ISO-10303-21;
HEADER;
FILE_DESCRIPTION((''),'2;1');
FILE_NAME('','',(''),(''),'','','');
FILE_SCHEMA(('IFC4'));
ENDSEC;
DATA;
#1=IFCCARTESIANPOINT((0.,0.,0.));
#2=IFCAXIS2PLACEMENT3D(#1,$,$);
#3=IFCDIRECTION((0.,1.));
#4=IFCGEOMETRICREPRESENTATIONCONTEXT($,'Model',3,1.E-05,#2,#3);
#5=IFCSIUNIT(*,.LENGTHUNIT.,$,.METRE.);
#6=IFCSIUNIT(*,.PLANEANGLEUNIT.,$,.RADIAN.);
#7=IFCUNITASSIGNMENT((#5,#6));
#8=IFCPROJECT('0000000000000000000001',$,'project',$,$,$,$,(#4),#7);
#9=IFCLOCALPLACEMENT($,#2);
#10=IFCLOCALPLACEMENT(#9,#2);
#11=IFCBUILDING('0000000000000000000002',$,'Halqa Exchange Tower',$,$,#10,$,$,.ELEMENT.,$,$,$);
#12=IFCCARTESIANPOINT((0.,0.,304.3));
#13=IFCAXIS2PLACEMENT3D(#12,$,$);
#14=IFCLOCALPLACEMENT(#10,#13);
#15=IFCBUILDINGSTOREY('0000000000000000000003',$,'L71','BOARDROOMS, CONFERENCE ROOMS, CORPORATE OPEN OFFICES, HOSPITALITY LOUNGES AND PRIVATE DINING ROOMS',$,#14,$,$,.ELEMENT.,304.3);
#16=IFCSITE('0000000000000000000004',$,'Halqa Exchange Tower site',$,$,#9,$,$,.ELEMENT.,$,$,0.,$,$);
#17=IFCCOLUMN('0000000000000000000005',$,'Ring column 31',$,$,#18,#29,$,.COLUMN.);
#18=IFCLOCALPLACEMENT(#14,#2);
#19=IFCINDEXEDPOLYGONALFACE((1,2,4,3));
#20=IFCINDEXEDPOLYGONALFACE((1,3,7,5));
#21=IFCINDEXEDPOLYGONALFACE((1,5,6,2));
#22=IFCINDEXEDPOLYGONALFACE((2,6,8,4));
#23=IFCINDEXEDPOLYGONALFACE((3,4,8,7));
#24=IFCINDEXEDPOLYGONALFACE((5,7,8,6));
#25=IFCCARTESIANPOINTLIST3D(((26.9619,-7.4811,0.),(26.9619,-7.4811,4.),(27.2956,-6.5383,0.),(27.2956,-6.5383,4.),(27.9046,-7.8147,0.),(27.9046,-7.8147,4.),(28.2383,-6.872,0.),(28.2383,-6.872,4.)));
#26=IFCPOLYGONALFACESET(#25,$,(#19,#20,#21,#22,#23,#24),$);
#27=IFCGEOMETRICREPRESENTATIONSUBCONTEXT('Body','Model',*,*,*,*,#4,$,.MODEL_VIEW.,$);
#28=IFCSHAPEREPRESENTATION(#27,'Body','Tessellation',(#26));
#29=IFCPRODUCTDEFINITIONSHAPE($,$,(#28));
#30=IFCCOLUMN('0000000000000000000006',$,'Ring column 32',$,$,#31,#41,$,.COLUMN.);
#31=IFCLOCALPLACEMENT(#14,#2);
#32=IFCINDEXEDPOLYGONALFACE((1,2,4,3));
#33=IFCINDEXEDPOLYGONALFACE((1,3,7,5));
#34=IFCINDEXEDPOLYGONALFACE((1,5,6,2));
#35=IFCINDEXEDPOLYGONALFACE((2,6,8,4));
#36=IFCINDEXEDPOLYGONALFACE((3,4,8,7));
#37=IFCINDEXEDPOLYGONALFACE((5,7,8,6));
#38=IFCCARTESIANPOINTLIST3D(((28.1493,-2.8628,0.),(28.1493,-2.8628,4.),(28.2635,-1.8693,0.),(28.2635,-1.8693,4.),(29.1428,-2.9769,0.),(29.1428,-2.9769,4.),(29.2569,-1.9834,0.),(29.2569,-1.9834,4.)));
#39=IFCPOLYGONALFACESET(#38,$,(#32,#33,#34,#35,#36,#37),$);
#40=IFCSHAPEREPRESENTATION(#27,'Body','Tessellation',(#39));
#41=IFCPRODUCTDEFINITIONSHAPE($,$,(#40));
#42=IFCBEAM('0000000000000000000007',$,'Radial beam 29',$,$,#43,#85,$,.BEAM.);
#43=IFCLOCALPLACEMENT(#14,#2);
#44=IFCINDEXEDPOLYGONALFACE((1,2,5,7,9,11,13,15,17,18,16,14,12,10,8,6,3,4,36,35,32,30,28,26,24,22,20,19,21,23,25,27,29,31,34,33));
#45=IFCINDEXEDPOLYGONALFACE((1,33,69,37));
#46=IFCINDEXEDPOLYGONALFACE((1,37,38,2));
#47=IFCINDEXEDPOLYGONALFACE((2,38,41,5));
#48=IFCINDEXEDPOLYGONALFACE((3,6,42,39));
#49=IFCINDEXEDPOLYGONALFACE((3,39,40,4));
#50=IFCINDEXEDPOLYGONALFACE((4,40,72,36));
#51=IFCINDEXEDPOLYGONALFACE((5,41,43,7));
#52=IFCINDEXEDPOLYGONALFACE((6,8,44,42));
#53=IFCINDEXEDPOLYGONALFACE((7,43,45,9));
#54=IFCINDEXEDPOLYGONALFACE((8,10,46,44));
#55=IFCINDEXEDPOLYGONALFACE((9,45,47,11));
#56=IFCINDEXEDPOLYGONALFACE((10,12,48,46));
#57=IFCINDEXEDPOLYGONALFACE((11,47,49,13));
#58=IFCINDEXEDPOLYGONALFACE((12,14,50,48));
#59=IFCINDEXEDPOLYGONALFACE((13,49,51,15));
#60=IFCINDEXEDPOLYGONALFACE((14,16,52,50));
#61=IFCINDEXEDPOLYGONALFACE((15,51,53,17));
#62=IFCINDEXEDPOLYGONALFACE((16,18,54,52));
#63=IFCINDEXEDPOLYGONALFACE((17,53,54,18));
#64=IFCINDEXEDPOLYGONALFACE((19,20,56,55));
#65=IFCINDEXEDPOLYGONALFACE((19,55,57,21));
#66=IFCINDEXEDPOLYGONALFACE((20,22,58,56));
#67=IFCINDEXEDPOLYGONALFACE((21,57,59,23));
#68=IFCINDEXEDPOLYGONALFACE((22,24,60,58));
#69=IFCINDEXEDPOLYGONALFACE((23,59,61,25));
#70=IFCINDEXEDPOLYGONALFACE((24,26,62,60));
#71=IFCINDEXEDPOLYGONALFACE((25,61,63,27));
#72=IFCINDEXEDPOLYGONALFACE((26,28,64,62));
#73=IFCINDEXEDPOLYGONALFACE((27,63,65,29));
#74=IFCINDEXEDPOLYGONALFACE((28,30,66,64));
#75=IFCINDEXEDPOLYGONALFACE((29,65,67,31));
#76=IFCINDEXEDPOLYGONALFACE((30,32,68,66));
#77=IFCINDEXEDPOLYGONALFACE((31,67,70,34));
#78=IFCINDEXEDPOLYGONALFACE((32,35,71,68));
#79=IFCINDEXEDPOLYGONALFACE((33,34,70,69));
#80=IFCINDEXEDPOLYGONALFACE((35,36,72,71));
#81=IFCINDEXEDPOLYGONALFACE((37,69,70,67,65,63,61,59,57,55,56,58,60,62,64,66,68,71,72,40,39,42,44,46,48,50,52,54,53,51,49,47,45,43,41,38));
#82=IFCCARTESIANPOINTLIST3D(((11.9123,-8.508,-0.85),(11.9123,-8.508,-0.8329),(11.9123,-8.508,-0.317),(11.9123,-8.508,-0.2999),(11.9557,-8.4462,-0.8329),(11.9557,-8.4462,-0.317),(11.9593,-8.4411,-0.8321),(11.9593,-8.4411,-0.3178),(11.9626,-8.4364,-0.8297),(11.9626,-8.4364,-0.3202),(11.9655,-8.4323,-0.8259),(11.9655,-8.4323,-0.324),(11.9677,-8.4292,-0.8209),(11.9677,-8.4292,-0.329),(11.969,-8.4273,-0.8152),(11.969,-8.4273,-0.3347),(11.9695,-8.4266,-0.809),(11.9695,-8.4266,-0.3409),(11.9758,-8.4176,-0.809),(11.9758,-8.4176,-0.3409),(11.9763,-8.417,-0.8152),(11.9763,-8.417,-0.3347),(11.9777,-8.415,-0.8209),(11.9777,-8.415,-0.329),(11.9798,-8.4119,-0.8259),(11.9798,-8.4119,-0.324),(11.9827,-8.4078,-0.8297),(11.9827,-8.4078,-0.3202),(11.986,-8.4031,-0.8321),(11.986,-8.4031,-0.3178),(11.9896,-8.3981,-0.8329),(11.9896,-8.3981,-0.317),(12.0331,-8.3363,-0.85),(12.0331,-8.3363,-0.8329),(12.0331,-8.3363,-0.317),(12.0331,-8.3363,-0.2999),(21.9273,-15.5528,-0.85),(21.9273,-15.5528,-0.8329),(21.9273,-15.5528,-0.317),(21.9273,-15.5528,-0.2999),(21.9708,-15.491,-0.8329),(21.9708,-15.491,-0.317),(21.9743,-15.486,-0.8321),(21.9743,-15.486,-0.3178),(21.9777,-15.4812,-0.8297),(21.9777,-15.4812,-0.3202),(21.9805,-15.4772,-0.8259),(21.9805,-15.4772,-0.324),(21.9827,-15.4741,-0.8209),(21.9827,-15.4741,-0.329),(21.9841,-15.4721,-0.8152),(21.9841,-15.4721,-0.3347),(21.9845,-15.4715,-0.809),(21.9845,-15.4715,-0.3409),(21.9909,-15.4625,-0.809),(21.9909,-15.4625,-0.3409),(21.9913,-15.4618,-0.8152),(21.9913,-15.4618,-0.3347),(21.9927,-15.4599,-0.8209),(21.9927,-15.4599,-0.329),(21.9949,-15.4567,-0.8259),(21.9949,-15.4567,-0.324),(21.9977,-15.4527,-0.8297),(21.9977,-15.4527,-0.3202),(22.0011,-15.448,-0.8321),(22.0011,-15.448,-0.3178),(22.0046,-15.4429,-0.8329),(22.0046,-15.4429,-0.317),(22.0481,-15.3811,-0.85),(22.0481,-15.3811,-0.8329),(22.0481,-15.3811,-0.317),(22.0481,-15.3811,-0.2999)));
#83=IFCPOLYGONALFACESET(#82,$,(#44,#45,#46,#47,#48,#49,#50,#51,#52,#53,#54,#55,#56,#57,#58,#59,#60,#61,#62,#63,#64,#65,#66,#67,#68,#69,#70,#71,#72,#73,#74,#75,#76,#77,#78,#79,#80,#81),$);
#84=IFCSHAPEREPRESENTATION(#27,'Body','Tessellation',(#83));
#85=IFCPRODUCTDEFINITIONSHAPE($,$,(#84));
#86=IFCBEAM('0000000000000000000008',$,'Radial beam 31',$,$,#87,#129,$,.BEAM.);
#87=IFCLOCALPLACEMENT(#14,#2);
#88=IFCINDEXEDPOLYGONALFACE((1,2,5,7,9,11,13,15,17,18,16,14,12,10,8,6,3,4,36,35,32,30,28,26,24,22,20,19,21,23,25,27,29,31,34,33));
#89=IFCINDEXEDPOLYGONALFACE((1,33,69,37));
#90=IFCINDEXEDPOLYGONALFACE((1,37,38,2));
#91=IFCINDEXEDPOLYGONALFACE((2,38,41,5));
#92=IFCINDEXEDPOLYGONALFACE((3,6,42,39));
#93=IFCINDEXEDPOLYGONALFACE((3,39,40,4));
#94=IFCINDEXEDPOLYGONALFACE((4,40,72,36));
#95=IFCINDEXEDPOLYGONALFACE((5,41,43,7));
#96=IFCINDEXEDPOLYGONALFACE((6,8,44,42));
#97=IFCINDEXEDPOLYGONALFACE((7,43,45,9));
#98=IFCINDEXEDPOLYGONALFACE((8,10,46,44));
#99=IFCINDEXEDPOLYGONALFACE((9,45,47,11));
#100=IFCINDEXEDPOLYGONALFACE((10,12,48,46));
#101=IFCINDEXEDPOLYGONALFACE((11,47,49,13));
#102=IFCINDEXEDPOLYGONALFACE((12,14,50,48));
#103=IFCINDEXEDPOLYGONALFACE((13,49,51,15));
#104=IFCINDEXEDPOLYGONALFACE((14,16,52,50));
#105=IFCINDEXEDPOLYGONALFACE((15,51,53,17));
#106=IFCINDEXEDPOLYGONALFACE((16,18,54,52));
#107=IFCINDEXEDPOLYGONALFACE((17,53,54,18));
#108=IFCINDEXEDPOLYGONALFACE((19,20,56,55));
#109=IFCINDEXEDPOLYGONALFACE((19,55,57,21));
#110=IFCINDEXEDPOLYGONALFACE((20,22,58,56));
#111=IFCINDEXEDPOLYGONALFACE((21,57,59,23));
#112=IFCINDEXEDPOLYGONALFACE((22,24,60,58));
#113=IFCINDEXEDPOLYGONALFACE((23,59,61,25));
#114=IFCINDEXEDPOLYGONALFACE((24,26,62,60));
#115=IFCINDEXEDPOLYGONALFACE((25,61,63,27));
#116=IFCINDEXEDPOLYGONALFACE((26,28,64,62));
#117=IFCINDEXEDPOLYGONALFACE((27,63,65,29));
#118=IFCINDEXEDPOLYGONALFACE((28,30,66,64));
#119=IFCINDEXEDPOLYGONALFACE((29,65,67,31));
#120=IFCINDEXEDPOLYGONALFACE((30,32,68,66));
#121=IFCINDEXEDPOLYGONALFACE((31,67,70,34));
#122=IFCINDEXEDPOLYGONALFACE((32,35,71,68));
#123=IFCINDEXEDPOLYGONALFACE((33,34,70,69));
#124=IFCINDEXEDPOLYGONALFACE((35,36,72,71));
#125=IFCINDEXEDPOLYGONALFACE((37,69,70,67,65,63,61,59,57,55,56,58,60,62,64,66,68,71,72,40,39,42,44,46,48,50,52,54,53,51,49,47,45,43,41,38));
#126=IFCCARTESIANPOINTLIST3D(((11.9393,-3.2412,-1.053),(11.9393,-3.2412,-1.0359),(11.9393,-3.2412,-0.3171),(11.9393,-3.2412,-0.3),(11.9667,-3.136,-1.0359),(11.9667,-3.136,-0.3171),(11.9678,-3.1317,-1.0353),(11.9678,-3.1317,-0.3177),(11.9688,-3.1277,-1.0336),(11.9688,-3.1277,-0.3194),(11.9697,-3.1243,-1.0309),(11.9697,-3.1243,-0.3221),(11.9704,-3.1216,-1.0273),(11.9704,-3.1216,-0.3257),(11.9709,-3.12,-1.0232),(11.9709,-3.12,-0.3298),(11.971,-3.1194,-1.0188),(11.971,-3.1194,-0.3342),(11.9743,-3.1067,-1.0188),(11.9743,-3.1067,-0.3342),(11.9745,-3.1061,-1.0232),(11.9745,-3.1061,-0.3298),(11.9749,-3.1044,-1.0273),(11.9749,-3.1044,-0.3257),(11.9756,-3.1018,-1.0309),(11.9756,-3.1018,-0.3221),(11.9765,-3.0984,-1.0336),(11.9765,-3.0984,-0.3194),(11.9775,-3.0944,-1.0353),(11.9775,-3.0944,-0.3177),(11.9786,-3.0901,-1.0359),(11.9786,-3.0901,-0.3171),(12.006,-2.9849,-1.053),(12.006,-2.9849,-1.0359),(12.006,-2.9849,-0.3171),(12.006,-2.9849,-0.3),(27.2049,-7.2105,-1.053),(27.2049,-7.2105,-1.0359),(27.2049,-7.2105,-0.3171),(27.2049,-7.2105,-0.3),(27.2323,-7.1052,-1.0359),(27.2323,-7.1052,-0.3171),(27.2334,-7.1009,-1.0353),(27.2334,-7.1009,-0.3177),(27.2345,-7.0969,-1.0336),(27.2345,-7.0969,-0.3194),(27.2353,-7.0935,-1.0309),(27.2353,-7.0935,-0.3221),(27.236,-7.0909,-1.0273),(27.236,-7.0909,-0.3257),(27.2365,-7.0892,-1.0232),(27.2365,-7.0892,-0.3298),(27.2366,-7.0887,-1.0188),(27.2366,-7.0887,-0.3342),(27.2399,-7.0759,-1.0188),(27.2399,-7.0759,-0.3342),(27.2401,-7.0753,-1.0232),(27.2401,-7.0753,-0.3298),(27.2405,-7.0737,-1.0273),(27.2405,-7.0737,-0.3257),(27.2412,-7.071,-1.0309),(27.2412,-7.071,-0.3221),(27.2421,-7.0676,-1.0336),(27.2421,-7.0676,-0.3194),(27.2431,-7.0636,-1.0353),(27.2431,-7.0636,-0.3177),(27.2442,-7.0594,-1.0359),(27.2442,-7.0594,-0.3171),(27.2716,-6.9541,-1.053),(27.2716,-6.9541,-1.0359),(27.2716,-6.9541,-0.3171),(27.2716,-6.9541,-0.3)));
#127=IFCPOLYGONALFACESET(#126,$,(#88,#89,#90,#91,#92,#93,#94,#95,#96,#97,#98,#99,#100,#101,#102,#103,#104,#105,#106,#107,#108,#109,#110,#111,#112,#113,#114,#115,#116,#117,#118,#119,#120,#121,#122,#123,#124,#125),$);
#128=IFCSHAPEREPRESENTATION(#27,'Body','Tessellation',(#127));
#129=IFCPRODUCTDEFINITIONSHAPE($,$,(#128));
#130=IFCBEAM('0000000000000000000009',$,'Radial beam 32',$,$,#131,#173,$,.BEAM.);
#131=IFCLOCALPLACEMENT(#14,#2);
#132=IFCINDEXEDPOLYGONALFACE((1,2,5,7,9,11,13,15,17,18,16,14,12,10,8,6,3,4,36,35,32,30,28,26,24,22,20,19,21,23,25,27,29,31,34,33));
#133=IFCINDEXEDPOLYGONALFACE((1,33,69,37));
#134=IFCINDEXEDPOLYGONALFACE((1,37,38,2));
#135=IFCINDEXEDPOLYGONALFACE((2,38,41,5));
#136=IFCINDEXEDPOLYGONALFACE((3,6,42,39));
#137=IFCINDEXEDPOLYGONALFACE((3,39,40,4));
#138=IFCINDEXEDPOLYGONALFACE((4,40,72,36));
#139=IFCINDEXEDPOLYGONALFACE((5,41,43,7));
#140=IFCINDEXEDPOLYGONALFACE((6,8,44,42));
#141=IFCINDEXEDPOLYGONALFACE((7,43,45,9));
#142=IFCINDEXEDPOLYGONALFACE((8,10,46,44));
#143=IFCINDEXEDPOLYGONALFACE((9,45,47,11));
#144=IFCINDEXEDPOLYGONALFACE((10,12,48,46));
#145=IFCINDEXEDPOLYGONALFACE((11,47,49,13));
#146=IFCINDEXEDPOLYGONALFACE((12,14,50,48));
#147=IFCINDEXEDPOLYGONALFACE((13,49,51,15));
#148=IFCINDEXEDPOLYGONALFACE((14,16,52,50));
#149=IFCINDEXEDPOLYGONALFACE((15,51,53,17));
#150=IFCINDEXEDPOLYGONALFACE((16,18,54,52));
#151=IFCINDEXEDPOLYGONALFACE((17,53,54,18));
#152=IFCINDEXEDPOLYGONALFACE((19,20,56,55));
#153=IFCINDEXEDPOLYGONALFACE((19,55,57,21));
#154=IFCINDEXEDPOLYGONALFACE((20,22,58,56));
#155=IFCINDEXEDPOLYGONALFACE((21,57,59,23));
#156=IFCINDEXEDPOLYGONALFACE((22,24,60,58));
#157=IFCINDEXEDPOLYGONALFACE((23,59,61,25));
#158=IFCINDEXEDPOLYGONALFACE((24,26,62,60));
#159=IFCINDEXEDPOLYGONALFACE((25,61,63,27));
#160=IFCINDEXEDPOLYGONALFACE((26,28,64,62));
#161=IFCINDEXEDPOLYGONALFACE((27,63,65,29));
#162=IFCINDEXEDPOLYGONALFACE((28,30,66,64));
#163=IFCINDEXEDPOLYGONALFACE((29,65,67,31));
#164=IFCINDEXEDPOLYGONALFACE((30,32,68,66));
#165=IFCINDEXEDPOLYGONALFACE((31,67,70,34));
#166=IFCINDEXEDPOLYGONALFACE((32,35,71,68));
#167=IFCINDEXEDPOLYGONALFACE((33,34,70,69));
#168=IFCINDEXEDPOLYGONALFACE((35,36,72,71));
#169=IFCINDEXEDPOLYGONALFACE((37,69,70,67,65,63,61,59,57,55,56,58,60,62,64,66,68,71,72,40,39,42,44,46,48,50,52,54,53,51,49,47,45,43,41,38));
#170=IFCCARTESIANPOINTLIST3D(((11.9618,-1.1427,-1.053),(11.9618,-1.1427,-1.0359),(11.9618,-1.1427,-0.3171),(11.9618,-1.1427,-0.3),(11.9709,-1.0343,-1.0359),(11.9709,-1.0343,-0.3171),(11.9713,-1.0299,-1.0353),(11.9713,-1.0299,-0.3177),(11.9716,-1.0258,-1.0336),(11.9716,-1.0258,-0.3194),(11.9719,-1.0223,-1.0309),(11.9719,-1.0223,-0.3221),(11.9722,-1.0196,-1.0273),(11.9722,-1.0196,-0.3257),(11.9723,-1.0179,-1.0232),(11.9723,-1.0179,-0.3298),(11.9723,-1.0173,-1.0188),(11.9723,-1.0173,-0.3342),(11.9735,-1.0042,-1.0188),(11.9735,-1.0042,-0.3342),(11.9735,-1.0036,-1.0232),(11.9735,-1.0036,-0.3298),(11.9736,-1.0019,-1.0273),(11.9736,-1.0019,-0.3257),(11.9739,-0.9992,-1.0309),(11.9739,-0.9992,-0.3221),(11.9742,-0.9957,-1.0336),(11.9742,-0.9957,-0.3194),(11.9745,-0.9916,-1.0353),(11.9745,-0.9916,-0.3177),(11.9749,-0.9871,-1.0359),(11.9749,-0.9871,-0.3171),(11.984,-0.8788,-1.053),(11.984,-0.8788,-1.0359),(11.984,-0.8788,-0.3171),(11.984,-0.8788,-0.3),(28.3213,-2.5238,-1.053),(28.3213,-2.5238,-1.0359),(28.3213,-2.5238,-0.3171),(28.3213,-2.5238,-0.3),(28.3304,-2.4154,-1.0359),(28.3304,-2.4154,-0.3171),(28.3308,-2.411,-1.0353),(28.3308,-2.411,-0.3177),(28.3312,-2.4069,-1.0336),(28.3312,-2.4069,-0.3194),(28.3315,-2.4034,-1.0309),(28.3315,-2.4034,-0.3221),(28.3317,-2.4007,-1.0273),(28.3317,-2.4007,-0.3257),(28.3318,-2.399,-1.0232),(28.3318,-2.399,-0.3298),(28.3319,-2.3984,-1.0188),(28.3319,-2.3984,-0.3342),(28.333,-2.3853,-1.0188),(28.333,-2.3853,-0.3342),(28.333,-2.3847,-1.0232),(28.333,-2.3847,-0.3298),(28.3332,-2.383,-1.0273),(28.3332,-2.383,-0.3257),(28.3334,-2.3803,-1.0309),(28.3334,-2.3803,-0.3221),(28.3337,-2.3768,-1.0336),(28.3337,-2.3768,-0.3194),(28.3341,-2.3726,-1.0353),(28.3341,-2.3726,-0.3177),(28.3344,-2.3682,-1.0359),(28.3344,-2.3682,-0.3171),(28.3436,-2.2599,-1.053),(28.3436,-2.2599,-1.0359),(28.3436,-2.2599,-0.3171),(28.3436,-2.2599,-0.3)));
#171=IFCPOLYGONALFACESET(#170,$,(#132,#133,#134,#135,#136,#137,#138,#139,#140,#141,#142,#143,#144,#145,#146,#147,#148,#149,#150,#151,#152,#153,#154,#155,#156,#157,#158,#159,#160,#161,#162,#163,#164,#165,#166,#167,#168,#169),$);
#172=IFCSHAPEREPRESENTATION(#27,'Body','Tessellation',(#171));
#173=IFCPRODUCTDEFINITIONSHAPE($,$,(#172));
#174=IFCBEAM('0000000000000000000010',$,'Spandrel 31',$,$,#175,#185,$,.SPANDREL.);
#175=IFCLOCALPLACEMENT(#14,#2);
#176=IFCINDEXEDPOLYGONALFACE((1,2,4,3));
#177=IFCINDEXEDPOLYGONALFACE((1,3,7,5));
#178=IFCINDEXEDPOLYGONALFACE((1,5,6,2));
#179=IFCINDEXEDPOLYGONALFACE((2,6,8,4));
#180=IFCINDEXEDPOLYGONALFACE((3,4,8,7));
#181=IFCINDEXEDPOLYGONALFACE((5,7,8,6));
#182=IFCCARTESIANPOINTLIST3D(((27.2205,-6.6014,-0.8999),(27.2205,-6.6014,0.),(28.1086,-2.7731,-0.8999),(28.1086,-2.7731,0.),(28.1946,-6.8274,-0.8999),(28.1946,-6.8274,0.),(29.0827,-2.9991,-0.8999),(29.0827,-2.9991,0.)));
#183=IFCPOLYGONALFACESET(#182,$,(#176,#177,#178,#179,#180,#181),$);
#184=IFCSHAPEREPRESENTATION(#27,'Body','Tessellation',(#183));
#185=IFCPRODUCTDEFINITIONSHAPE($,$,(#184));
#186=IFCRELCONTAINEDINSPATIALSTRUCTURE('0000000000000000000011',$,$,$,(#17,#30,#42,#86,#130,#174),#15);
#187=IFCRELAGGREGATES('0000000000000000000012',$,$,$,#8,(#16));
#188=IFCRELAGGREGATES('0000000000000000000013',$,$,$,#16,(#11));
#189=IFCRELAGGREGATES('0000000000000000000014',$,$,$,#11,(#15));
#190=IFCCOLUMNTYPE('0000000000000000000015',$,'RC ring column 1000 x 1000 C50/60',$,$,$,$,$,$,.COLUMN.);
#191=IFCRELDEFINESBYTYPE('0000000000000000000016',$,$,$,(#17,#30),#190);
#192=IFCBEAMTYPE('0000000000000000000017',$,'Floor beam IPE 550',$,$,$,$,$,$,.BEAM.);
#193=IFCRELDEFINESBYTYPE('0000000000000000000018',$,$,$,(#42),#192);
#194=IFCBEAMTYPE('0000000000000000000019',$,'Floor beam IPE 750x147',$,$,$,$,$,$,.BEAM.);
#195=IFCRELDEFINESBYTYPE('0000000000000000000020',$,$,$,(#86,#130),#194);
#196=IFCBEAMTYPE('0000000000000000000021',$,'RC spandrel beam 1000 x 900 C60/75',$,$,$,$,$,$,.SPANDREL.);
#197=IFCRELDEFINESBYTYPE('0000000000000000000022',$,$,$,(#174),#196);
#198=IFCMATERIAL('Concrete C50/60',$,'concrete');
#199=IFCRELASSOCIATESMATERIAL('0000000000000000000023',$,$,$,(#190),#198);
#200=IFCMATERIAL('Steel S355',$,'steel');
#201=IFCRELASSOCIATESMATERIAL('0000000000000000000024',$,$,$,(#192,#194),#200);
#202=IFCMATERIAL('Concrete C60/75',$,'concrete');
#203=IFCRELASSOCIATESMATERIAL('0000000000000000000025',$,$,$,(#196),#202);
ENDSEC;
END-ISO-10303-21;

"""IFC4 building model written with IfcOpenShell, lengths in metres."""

from ifc_helpers import new_model, si_unit, direction, frame, origin, origin_2d, place, context, subcontext, project, spatial, rectangle, i_section, extrude, material, material_profile, profile_set, type_object, element, save


model = new_model("IFC4")

# Units and contexts
model_context = context("Model", 3, precision=1e-05, world=origin(), true_north=direction((0.0, 1.0)))
body_context = subcontext(model_context, "Body", "Model", "MODEL_VIEW")
ifc_project = project(units=[si_unit("LENGTHUNIT", "METRE"), si_unit("PLANEANGLEUNIT", "RADIAN")], contexts=[model_context])

# Site, building, storey
site_placement = place(None, origin())
site = spatial("IfcSite", under=ifc_project, at=site_placement, Name="Halqa Exchange Tower site", CompositionType="ELEMENT", RefElevation=0.0)
building_placement = place(site_placement, origin())
building = spatial("IfcBuilding", under=site, at=building_placement, Name="Halqa Exchange Tower", CompositionType="ELEMENT")
storey_placement = place(building_placement, frame((0.0, 0.0, 304.3)))
storey = spatial("IfcBuildingStorey", under=building, at=storey_placement, Name="L71", Description="BOARDROOMS, CONFERENCE ROOMS, CORPORATE OPEN OFFICES, HOSPITALITY LOUNGES AND PRIVATE DINING ROOMS", CompositionType="ELEMENT", Elevation=304.3)

# Columns
ifc_material_1 = material(Name="Concrete C50/60", Category="concrete")
ifc_material_profile_1 = material_profile(ifc_material_1, rectangle(XDim=1.0, YDim=1.0, at=origin_2d()), Name="1000 x 1000")
ifc_profile_set_1 = profile_set([ifc_material_profile_1], Name="Concrete C50/60")
column_type = type_object("IfcColumnType", Name="RC ring column 1000 x 1000 C50/60", PredefinedType="COLUMN", material=ifc_profile_set_1)
for number, where, z_axis, x_axis, name in (
    (1, (27.6001, -7.1765, 0.0), (0.0, 0.0, 1.0), (0.333623, 0.942707, 0.0), "Ring column 31"),
    (2, (28.7031, -2.4231, 0.0), (0.0, 0.0, 1.0), (0.11415, 0.993464, 0.0), "Ring column 32"),
):
    element("IfcColumn", number, at=place(storey_placement, frame(where, z_axis=z_axis, x_axis=x_axis)), inside=storey, type_object=column_type, Name=name, PredefinedType="COLUMN", context=body_context, shape_type="SweptSolid", body=[
        extrude(rectangle(XDim=1.0, YDim=1.0, at=origin_2d()), origin(), (0.0, 0.0, 1.0), 4.0),
    ])

# Beams
ifc_material_2 = material(Name="Steel S355", Category="steel")
ifc_material_profile_2 = material_profile(ifc_material_2, i_section(OverallWidth=0.21, OverallDepth=0.55, WebThickness=0.011, FlangeThickness=0.0171, FilletRadius=0.0239, at=origin_2d()), Name="IPE 550")
ifc_profile_set_2 = profile_set([ifc_material_profile_2], Name="Steel S355")
beam_type_1 = type_object("IfcBeamType", Name="Floor beam IPE 550", PredefinedType="BEAM", material=ifc_profile_set_2)
beam_1_placement = place(storey_placement, frame((11.9727, -8.4221, -0.575), z_axis=(0.817913, -0.575342, 0.0), x_axis=(0.575342, 0.817913, 0.0)))
element("IfcBeam", 3, at=beam_1_placement, inside=storey, type_object=beam_type_1, Name="Radial beam 29", PredefinedType="BEAM", context=body_context, shape_type="SweptSolid", body=[
    extrude(i_section(OverallWidth=0.21, OverallDepth=0.55, WebThickness=0.011, FlangeThickness=0.0171, FilletRadius=0.0239, at=origin_2d()), origin(), (0.0, 0.0, 1.0), 12.2446),
])
ifc_material_profile_3 = material_profile(ifc_material_2, i_section(OverallWidth=0.2649, OverallDepth=0.7529, WebThickness=0.0132, FlangeThickness=0.0171, FilletRadius=0.0171, at=origin_2d()), Name="IPE 750x147")
ifc_profile_set_3 = profile_set([ifc_material_profile_3], Name="Steel S355")
beam_type_2 = type_object("IfcBeamType", Name="Floor beam IPE 750x147", PredefinedType="BEAM", material=ifc_profile_set_3)
beam_2_placement = place(storey_placement, frame((11.9727, -3.113, -0.6765), z_axis=(0.96782, -0.251644, 0.0), x_axis=(0.251644, 0.96782, 0.0)))
element("IfcBeam", 4, at=beam_2_placement, inside=storey, type_object=beam_type_2, Name="Radial beam 31", PredefinedType="BEAM", context=body_context, shape_type="SweptSolid", body=[
    extrude(i_section(OverallWidth=0.2649, OverallDepth=0.7529, WebThickness=0.0132, FlangeThickness=0.0171, FilletRadius=0.0171, at=origin_2d()), origin(), (0.0, 0.0, 1.0), 15.7732),
])
beam_3_placement = place(storey_placement, frame((11.9729, -1.0107, -0.6765), z_axis=(0.996455, -0.084122, 0.0), x_axis=(0.084122, 0.996455, 0.0)))
element("IfcBeam", 5, at=beam_3_placement, inside=storey, type_object=beam_type_2, Name="Radial beam 32", PredefinedType="BEAM", context=body_context, shape_type="SweptSolid", body=[
    extrude(i_section(OverallWidth=0.2649, OverallDepth=0.7529, WebThickness=0.0132, FlangeThickness=0.0171, FilletRadius=0.0171, at=origin_2d()), origin(), (0.0, 0.0, 1.0), 16.4177),
])
ifc_material_3 = material(Name="Concrete C60/75", Category="concrete")
ifc_material_profile_4 = material_profile(ifc_material_3, rectangle(XDim=1.0, YDim=0.8999, at=origin_2d()), Name="1000 x 900")
ifc_profile_set_4 = profile_set([ifc_material_profile_4], Name="Concrete C60/75")
beam_type_3 = type_object("IfcBeamType", Name="RC spandrel beam 1000 x 900 C60/75", PredefinedType="SPANDREL", material=ifc_profile_set_4)
beam_4_placement = place(storey_placement, frame((27.7075, -6.7144, -0.45), z_axis=(0.225998, 0.974128, 0.0), x_axis=(-0.974128, 0.225998, 0.0)))
element("IfcBeam", 6, at=beam_4_placement, inside=storey, type_object=beam_type_3, Name="Spandrel 31", PredefinedType="SPANDREL", context=body_context, shape_type="SweptSolid", body=[
    extrude(rectangle(XDim=1.0, YDim=0.8999, at=origin_2d()), origin(), (0.0, 0.0, 1.0), 3.9299),
])

save(model, "model.ifc")
